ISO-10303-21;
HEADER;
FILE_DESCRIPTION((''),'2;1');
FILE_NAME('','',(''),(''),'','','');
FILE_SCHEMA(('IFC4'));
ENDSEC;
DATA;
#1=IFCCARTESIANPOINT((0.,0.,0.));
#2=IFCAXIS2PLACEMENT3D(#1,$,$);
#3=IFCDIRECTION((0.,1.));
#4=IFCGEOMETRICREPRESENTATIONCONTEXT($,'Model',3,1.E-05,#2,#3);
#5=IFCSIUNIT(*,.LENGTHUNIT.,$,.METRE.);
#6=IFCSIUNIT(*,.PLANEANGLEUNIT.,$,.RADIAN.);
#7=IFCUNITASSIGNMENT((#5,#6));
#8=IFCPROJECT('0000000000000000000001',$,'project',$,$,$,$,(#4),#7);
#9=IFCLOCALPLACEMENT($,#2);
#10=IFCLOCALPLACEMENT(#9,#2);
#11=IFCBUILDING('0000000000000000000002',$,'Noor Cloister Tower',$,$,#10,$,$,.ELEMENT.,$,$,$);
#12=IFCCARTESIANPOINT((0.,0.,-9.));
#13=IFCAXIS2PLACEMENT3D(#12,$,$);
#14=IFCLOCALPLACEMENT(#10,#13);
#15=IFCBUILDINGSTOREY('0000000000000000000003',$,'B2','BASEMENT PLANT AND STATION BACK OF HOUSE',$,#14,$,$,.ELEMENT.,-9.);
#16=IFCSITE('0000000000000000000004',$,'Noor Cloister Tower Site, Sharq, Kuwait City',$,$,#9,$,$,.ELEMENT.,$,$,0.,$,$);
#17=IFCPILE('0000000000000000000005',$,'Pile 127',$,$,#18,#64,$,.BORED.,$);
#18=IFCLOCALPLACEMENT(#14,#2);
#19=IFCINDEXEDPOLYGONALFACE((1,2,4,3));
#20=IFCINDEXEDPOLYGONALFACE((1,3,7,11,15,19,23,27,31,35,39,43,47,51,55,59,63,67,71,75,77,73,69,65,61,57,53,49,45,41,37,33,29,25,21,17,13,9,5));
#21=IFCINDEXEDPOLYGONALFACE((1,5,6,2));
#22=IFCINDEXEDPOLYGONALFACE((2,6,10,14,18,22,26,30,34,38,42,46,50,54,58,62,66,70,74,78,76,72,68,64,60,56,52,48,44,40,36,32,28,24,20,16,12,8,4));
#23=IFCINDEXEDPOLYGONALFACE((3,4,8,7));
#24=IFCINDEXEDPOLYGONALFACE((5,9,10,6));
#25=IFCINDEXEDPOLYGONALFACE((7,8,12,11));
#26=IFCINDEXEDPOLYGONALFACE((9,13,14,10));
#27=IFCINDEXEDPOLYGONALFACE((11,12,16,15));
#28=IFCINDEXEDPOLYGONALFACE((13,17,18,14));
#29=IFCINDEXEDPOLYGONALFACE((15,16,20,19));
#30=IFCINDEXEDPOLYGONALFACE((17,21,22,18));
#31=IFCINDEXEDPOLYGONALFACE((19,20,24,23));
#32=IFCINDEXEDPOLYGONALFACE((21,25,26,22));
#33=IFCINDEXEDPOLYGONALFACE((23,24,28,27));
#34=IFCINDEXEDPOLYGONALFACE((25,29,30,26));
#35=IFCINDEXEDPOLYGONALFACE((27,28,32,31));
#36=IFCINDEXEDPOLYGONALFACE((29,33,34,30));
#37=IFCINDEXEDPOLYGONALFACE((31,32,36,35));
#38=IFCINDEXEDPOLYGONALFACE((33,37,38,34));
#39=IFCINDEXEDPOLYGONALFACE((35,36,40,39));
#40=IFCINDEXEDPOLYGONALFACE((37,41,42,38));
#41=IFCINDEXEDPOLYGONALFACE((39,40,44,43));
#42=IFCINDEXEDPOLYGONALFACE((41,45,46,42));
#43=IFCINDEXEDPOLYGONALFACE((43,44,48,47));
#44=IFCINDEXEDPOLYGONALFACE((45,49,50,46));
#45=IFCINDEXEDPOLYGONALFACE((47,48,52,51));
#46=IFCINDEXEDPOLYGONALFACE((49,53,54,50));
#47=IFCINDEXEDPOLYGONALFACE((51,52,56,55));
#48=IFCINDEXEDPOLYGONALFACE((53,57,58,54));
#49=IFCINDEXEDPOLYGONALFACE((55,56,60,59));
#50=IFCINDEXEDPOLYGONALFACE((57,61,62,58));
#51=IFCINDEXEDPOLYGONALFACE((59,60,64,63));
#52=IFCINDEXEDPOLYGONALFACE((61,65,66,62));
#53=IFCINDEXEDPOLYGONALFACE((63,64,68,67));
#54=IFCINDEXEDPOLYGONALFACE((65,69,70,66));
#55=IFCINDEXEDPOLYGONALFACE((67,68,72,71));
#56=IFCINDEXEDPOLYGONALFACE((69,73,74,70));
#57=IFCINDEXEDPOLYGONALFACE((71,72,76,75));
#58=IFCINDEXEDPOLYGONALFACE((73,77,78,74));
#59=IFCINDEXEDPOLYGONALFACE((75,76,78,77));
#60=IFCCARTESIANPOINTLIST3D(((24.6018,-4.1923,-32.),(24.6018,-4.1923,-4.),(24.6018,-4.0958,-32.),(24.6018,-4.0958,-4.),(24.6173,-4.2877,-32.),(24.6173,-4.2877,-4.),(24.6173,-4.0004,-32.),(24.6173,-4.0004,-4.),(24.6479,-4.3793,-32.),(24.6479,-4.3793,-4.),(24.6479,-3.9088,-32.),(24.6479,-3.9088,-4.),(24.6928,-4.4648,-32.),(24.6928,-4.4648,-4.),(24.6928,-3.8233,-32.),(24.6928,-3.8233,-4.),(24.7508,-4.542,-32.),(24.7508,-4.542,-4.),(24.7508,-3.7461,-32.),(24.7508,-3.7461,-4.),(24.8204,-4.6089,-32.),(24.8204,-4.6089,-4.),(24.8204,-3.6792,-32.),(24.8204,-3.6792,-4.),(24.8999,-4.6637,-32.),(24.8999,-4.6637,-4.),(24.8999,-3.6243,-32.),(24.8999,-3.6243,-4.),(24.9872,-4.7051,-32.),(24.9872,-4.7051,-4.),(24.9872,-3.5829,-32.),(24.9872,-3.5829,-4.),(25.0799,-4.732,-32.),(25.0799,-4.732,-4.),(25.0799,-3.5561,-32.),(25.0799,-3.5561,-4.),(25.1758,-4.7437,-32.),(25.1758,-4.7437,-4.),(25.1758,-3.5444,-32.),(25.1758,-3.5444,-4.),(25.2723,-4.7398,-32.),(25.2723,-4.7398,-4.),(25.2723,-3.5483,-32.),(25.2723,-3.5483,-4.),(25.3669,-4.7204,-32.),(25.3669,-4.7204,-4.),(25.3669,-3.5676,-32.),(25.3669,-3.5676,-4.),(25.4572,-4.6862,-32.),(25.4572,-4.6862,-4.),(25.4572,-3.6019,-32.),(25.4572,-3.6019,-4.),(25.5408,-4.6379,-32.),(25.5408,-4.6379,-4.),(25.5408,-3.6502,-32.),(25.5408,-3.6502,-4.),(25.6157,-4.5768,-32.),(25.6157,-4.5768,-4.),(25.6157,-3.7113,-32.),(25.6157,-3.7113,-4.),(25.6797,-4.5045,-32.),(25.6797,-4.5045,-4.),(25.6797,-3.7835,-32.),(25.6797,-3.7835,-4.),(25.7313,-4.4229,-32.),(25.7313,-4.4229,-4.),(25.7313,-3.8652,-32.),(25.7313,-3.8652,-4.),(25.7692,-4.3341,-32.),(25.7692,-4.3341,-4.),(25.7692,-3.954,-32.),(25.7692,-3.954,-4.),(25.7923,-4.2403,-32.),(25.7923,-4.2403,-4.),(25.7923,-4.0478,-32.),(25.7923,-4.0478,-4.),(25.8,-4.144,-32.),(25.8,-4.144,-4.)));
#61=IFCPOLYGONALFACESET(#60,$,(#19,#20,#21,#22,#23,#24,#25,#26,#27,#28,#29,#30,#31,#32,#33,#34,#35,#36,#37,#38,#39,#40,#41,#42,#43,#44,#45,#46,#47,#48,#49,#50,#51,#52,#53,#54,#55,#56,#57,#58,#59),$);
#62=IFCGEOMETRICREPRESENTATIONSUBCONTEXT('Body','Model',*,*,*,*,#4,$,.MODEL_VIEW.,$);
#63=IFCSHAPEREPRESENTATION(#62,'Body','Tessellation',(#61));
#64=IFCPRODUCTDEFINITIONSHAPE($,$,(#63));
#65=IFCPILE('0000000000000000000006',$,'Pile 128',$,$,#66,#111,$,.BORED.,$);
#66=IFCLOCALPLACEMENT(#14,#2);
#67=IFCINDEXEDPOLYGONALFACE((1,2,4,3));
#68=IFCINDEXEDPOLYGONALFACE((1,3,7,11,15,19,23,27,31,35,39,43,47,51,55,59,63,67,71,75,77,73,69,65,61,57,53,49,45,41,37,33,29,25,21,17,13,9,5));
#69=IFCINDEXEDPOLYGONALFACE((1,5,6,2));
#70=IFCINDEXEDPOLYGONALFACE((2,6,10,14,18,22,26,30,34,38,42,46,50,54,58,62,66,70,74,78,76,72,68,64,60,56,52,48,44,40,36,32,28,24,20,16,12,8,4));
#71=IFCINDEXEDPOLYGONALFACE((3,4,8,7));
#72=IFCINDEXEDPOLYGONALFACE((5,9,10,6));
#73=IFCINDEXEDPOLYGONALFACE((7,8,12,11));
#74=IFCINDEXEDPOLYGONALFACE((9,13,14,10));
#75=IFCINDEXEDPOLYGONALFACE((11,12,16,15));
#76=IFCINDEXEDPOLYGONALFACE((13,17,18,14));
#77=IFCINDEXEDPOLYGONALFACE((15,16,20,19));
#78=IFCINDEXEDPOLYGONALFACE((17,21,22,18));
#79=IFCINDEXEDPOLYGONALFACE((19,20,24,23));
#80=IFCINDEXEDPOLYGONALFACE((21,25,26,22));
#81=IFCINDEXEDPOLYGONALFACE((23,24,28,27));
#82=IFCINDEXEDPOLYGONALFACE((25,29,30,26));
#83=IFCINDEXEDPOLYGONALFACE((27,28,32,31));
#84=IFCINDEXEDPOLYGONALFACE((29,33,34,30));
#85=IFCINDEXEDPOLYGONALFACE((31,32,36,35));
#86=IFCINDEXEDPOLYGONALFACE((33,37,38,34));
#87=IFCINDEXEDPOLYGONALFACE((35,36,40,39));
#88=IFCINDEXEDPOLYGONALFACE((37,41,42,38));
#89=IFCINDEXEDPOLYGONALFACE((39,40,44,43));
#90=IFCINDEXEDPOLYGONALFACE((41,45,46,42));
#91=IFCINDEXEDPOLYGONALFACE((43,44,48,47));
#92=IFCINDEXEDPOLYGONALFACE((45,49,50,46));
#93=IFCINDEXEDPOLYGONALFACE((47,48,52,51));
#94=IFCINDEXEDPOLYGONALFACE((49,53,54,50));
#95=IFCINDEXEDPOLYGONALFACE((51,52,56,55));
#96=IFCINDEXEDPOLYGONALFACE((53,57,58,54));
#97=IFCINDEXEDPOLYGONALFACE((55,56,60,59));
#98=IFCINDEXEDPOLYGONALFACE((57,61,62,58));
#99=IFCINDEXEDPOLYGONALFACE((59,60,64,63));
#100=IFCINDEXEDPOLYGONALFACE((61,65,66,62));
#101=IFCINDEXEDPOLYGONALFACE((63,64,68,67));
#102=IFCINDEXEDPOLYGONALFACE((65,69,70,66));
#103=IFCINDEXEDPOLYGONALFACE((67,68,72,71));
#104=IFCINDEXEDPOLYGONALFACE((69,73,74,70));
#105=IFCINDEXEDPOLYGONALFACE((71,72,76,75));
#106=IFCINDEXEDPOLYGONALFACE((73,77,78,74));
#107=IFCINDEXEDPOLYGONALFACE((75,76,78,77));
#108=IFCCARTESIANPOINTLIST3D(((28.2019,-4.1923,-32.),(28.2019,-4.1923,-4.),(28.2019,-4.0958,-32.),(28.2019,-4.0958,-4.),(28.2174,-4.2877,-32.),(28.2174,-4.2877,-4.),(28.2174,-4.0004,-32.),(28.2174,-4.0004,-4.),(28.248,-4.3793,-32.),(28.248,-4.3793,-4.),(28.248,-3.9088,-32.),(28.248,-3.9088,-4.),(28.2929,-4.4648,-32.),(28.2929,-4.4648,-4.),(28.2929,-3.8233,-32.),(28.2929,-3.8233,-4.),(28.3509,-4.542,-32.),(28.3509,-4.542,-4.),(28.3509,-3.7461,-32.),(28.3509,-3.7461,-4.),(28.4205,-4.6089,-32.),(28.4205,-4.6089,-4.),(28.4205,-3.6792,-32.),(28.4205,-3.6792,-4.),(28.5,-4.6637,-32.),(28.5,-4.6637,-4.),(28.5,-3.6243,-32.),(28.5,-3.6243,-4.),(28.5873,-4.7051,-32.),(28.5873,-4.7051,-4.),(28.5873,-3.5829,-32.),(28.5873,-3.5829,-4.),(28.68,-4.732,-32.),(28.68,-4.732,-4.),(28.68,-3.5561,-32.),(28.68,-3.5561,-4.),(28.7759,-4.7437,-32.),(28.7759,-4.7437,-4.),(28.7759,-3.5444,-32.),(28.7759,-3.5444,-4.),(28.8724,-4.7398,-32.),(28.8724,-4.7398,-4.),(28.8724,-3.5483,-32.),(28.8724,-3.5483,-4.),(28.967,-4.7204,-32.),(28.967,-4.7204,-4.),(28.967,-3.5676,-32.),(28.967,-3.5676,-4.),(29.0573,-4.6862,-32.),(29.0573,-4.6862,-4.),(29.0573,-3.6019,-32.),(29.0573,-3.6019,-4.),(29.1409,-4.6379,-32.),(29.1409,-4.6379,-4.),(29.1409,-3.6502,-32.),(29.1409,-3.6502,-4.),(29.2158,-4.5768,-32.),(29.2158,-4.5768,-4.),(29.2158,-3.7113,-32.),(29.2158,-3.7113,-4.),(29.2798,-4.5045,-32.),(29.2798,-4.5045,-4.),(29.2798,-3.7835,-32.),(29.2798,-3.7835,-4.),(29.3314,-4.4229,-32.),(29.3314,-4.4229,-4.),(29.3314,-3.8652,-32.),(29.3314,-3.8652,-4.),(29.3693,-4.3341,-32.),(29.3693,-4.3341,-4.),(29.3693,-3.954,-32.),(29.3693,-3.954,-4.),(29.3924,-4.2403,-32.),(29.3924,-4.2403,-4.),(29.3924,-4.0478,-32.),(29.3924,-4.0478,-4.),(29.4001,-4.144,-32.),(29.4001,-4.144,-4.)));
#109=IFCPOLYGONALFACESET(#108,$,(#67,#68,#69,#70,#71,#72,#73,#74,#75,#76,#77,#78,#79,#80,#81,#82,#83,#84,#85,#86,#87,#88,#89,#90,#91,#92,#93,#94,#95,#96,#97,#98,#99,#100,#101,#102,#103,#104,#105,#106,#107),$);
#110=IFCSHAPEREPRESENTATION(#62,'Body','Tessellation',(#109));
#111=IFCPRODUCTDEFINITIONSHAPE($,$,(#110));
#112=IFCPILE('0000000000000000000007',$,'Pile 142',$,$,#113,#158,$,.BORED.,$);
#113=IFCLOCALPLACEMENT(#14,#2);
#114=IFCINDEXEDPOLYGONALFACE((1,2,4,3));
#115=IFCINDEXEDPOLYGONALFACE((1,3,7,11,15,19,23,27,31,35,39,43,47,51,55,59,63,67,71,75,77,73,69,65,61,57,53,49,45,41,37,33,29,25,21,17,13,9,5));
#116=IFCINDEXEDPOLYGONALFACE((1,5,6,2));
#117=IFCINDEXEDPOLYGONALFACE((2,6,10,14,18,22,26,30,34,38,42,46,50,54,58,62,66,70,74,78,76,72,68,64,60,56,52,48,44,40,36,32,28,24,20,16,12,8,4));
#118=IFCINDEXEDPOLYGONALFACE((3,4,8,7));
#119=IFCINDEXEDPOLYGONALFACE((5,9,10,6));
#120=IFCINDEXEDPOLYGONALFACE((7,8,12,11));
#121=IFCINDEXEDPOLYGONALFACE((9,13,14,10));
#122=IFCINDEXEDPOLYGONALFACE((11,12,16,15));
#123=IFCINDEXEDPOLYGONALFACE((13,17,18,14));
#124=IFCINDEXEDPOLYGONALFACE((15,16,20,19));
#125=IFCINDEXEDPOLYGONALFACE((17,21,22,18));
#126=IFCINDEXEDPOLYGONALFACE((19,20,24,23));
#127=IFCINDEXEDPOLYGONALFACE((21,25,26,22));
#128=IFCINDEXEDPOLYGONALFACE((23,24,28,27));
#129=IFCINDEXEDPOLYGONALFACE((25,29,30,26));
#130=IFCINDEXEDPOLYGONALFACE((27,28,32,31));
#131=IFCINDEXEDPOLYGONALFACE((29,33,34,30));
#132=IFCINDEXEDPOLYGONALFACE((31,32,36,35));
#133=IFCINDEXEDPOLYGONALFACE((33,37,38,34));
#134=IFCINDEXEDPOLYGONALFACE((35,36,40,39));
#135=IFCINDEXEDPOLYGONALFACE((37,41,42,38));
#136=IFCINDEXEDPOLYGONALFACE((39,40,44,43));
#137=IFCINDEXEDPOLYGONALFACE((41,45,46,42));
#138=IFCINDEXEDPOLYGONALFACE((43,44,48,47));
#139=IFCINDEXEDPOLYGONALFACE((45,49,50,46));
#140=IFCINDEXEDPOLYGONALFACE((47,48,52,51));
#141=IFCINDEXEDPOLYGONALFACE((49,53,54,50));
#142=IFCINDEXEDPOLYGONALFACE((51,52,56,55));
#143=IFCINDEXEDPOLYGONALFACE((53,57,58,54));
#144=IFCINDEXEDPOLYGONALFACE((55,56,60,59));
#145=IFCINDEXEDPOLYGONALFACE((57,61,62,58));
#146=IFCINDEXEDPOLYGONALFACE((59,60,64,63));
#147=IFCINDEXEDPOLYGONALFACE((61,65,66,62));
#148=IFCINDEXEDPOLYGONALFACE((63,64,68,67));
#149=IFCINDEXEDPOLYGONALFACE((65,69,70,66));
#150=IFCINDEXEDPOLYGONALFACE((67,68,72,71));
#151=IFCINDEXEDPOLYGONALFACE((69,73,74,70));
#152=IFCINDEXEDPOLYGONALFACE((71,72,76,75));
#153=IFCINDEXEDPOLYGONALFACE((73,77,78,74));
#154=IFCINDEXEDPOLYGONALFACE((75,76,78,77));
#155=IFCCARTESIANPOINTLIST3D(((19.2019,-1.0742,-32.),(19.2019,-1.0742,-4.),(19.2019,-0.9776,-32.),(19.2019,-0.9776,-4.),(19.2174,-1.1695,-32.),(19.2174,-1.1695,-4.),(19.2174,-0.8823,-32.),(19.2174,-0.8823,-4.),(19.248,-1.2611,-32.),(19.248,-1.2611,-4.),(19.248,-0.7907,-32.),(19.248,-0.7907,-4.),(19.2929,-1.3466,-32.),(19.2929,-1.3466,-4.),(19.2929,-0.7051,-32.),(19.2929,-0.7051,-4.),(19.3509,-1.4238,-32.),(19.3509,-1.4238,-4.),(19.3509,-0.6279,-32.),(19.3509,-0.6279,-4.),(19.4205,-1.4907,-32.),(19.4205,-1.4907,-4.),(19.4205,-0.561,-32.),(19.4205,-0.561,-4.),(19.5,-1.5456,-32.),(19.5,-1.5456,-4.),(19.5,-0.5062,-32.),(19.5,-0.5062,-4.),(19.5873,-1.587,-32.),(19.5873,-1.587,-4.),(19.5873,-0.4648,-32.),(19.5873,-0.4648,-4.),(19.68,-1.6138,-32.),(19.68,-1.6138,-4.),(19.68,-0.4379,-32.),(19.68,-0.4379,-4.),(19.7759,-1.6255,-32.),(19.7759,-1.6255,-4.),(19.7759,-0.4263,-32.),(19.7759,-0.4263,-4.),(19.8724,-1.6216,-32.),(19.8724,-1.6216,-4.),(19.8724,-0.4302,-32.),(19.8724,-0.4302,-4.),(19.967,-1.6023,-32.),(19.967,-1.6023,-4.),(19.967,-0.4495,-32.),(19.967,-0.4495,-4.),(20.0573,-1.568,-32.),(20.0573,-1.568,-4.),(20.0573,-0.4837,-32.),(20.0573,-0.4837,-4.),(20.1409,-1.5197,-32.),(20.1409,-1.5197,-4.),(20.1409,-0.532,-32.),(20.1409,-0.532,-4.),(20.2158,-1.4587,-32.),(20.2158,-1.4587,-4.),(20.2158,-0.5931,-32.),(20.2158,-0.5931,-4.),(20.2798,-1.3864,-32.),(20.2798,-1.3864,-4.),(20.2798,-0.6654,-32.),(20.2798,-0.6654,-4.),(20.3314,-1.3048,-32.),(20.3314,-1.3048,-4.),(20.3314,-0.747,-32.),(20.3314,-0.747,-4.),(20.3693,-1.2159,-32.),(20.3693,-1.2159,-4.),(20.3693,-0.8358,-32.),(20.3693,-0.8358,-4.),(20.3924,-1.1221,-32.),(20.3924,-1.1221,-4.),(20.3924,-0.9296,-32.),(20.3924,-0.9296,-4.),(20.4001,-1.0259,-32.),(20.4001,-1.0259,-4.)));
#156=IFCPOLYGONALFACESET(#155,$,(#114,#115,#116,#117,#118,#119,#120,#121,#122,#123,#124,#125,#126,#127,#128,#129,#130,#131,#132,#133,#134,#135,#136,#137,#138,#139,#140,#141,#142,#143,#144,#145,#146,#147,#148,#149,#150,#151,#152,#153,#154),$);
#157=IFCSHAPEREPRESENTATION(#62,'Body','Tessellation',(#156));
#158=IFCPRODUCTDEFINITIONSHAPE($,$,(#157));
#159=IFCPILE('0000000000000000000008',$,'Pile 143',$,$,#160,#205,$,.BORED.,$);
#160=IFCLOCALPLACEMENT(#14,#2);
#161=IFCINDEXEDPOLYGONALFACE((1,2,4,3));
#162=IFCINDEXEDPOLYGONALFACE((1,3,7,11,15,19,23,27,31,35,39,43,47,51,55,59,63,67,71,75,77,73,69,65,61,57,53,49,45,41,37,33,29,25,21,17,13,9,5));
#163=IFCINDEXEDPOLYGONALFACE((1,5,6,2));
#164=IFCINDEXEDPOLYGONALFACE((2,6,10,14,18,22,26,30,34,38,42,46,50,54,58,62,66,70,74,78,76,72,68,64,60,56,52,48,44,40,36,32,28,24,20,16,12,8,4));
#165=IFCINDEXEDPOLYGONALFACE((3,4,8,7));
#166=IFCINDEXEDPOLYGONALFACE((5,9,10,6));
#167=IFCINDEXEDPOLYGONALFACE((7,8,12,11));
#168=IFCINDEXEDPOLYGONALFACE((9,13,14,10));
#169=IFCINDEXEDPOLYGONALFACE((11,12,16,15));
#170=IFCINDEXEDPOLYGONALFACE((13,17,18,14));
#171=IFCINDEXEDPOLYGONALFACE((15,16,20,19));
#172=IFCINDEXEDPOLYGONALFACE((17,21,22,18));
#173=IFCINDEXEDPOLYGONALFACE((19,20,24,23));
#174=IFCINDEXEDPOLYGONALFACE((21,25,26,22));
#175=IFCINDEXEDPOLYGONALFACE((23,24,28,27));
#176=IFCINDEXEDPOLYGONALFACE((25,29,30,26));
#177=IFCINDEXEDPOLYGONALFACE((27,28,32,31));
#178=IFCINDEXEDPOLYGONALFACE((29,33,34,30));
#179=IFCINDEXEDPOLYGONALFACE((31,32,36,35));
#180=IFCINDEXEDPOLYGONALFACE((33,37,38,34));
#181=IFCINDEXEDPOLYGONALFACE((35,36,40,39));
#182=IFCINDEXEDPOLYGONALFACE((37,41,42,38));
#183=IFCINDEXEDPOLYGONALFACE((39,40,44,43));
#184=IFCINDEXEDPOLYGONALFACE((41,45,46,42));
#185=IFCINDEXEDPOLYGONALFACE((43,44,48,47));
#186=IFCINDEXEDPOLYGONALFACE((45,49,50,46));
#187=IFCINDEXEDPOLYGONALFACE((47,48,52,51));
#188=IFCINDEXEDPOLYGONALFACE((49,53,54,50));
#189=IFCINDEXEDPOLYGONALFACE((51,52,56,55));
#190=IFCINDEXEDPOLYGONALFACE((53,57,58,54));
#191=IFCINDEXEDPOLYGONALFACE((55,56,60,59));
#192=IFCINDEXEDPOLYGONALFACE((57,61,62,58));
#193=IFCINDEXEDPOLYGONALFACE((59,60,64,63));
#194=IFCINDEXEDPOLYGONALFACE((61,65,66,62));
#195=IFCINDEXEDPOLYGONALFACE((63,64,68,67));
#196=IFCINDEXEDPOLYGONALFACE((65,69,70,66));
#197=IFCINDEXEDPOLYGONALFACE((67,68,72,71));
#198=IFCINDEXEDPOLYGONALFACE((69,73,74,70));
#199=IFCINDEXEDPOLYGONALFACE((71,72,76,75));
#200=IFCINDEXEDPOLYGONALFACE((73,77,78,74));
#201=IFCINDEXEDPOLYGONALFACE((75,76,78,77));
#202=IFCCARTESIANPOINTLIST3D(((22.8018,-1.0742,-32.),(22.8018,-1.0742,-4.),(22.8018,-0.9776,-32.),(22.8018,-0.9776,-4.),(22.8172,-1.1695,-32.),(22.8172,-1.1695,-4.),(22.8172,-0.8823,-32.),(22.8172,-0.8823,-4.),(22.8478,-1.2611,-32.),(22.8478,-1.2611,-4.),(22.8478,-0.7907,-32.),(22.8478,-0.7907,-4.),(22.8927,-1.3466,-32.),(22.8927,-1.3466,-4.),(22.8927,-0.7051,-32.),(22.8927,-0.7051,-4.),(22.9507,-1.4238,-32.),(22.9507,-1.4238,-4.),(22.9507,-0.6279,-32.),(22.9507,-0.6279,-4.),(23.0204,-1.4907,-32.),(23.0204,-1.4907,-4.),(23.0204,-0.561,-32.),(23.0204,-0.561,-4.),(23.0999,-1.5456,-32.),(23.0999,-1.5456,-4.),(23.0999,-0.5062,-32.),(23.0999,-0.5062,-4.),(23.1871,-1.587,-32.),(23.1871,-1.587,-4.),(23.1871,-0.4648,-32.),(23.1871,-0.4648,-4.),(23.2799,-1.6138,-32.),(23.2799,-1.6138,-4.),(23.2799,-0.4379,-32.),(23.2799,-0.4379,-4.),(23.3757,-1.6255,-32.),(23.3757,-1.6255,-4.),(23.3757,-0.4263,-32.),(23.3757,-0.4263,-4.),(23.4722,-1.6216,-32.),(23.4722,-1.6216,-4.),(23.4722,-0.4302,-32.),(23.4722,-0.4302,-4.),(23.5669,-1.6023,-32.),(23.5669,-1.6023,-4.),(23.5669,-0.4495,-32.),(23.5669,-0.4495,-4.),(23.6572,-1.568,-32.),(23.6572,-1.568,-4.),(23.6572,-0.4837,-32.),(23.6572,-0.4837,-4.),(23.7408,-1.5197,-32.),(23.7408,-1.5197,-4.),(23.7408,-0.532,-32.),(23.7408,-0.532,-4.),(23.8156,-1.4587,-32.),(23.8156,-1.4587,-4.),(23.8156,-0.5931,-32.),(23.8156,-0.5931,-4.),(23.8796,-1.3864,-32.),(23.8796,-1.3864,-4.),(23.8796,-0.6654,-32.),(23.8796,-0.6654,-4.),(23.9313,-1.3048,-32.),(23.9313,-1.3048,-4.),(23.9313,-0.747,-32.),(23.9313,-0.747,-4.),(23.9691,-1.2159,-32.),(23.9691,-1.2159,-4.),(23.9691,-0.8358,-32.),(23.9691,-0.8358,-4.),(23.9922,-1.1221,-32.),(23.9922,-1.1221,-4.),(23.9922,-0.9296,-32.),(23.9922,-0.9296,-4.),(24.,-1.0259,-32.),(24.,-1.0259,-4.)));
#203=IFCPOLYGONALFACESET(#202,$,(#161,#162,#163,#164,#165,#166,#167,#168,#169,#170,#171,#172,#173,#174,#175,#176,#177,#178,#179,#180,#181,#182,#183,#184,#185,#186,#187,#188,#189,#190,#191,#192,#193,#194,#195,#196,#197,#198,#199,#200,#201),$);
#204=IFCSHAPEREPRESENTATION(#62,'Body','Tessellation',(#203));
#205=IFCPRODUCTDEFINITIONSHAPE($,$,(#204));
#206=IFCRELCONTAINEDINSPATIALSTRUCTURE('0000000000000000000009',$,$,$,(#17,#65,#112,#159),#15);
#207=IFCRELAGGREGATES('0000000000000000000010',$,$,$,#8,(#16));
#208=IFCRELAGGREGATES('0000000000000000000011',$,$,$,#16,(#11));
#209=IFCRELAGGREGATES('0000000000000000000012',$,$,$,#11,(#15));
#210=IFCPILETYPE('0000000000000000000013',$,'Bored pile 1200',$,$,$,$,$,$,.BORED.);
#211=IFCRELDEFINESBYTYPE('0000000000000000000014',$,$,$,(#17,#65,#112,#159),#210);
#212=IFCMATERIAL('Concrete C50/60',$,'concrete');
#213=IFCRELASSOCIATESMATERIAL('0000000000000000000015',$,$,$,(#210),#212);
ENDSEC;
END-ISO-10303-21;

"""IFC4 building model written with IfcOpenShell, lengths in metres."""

from ifc_helpers import new_model, si_unit, direction, frame, origin, origin_2d, place, context, subcontext, project, spatial, circle, extrude, material, material_profile, profile_set, type_object, element, save


model = new_model("IFC4")

# Units and contexts
model_context = context("Model", 3, precision=1e-05, world=origin(), true_north=direction((0.0, 1.0)))
body_context = subcontext(model_context, "Body", "Model", "MODEL_VIEW")
ifc_project = project(units=[si_unit("LENGTHUNIT", "METRE"), si_unit("PLANEANGLEUNIT", "RADIAN")], contexts=[model_context])

# Site, building, storey
site_placement = place(None, origin())
site = spatial("IfcSite", under=ifc_project, at=site_placement, Name="Noor Cloister Tower Site, Sharq, Kuwait City", CompositionType="ELEMENT", RefElevation=0.0)
building_placement = place(site_placement, origin())
building = spatial("IfcBuilding", under=site, at=building_placement, Name="Noor Cloister Tower", CompositionType="ELEMENT")
storey_placement = place(building_placement, frame((0.0, 0.0, -9.0)))
storey = spatial("IfcBuildingStorey", under=building, at=storey_placement, Name="B2", Description="BASEMENT PLANT AND STATION BACK OF HOUSE", CompositionType="ELEMENT", Elevation=-9.0)

# Piles
ifc_material_1 = material(Name="Concrete C50/60", Category="concrete")
ifc_material_profile_1 = material_profile(ifc_material_1, circle(Radius=0.6001, at=origin_2d()), Name="Bored pile 1200")
ifc_profile_set_1 = profile_set([ifc_material_profile_1], Name="Concrete C50/60")
pile_type = type_object("IfcPileType", Name="Bored pile 1200", PredefinedType="BORED", material=ifc_profile_set_1)
for number, where, z_axis, x_axis, name in (
    (1, (25.2, -4.144, -4.0), (0.0, 0.0, -1.0), (1.0, 0.0, 0.0), "Pile 127"),
    (2, (28.8, -4.144, -4.0), (0.0, 0.0, -1.0), (1.0, 0.0, 0.0), "Pile 128"),
    (3, (19.8, -1.0259, -4.0), (0.0, 0.0, -1.0), (1.0, 0.0, 0.0), "Pile 142"),
    (4, (23.3999, -1.0259, -4.0), (0.0, 0.0, -1.0), (1.0, 0.0, 0.0), "Pile 143"),
):
    element("IfcPile", number, at=place(storey_placement, frame(where, z_axis=z_axis, x_axis=x_axis)), inside=storey, type_object=pile_type, Name=name, PredefinedType="BORED", context=body_context, shape_type="SweptSolid", body=[
        extrude(circle(Radius=0.6001, at=origin_2d()), origin(), (0.0, 0.0, 1.0), 28.0),
    ])

save(model, "model.ifc")
